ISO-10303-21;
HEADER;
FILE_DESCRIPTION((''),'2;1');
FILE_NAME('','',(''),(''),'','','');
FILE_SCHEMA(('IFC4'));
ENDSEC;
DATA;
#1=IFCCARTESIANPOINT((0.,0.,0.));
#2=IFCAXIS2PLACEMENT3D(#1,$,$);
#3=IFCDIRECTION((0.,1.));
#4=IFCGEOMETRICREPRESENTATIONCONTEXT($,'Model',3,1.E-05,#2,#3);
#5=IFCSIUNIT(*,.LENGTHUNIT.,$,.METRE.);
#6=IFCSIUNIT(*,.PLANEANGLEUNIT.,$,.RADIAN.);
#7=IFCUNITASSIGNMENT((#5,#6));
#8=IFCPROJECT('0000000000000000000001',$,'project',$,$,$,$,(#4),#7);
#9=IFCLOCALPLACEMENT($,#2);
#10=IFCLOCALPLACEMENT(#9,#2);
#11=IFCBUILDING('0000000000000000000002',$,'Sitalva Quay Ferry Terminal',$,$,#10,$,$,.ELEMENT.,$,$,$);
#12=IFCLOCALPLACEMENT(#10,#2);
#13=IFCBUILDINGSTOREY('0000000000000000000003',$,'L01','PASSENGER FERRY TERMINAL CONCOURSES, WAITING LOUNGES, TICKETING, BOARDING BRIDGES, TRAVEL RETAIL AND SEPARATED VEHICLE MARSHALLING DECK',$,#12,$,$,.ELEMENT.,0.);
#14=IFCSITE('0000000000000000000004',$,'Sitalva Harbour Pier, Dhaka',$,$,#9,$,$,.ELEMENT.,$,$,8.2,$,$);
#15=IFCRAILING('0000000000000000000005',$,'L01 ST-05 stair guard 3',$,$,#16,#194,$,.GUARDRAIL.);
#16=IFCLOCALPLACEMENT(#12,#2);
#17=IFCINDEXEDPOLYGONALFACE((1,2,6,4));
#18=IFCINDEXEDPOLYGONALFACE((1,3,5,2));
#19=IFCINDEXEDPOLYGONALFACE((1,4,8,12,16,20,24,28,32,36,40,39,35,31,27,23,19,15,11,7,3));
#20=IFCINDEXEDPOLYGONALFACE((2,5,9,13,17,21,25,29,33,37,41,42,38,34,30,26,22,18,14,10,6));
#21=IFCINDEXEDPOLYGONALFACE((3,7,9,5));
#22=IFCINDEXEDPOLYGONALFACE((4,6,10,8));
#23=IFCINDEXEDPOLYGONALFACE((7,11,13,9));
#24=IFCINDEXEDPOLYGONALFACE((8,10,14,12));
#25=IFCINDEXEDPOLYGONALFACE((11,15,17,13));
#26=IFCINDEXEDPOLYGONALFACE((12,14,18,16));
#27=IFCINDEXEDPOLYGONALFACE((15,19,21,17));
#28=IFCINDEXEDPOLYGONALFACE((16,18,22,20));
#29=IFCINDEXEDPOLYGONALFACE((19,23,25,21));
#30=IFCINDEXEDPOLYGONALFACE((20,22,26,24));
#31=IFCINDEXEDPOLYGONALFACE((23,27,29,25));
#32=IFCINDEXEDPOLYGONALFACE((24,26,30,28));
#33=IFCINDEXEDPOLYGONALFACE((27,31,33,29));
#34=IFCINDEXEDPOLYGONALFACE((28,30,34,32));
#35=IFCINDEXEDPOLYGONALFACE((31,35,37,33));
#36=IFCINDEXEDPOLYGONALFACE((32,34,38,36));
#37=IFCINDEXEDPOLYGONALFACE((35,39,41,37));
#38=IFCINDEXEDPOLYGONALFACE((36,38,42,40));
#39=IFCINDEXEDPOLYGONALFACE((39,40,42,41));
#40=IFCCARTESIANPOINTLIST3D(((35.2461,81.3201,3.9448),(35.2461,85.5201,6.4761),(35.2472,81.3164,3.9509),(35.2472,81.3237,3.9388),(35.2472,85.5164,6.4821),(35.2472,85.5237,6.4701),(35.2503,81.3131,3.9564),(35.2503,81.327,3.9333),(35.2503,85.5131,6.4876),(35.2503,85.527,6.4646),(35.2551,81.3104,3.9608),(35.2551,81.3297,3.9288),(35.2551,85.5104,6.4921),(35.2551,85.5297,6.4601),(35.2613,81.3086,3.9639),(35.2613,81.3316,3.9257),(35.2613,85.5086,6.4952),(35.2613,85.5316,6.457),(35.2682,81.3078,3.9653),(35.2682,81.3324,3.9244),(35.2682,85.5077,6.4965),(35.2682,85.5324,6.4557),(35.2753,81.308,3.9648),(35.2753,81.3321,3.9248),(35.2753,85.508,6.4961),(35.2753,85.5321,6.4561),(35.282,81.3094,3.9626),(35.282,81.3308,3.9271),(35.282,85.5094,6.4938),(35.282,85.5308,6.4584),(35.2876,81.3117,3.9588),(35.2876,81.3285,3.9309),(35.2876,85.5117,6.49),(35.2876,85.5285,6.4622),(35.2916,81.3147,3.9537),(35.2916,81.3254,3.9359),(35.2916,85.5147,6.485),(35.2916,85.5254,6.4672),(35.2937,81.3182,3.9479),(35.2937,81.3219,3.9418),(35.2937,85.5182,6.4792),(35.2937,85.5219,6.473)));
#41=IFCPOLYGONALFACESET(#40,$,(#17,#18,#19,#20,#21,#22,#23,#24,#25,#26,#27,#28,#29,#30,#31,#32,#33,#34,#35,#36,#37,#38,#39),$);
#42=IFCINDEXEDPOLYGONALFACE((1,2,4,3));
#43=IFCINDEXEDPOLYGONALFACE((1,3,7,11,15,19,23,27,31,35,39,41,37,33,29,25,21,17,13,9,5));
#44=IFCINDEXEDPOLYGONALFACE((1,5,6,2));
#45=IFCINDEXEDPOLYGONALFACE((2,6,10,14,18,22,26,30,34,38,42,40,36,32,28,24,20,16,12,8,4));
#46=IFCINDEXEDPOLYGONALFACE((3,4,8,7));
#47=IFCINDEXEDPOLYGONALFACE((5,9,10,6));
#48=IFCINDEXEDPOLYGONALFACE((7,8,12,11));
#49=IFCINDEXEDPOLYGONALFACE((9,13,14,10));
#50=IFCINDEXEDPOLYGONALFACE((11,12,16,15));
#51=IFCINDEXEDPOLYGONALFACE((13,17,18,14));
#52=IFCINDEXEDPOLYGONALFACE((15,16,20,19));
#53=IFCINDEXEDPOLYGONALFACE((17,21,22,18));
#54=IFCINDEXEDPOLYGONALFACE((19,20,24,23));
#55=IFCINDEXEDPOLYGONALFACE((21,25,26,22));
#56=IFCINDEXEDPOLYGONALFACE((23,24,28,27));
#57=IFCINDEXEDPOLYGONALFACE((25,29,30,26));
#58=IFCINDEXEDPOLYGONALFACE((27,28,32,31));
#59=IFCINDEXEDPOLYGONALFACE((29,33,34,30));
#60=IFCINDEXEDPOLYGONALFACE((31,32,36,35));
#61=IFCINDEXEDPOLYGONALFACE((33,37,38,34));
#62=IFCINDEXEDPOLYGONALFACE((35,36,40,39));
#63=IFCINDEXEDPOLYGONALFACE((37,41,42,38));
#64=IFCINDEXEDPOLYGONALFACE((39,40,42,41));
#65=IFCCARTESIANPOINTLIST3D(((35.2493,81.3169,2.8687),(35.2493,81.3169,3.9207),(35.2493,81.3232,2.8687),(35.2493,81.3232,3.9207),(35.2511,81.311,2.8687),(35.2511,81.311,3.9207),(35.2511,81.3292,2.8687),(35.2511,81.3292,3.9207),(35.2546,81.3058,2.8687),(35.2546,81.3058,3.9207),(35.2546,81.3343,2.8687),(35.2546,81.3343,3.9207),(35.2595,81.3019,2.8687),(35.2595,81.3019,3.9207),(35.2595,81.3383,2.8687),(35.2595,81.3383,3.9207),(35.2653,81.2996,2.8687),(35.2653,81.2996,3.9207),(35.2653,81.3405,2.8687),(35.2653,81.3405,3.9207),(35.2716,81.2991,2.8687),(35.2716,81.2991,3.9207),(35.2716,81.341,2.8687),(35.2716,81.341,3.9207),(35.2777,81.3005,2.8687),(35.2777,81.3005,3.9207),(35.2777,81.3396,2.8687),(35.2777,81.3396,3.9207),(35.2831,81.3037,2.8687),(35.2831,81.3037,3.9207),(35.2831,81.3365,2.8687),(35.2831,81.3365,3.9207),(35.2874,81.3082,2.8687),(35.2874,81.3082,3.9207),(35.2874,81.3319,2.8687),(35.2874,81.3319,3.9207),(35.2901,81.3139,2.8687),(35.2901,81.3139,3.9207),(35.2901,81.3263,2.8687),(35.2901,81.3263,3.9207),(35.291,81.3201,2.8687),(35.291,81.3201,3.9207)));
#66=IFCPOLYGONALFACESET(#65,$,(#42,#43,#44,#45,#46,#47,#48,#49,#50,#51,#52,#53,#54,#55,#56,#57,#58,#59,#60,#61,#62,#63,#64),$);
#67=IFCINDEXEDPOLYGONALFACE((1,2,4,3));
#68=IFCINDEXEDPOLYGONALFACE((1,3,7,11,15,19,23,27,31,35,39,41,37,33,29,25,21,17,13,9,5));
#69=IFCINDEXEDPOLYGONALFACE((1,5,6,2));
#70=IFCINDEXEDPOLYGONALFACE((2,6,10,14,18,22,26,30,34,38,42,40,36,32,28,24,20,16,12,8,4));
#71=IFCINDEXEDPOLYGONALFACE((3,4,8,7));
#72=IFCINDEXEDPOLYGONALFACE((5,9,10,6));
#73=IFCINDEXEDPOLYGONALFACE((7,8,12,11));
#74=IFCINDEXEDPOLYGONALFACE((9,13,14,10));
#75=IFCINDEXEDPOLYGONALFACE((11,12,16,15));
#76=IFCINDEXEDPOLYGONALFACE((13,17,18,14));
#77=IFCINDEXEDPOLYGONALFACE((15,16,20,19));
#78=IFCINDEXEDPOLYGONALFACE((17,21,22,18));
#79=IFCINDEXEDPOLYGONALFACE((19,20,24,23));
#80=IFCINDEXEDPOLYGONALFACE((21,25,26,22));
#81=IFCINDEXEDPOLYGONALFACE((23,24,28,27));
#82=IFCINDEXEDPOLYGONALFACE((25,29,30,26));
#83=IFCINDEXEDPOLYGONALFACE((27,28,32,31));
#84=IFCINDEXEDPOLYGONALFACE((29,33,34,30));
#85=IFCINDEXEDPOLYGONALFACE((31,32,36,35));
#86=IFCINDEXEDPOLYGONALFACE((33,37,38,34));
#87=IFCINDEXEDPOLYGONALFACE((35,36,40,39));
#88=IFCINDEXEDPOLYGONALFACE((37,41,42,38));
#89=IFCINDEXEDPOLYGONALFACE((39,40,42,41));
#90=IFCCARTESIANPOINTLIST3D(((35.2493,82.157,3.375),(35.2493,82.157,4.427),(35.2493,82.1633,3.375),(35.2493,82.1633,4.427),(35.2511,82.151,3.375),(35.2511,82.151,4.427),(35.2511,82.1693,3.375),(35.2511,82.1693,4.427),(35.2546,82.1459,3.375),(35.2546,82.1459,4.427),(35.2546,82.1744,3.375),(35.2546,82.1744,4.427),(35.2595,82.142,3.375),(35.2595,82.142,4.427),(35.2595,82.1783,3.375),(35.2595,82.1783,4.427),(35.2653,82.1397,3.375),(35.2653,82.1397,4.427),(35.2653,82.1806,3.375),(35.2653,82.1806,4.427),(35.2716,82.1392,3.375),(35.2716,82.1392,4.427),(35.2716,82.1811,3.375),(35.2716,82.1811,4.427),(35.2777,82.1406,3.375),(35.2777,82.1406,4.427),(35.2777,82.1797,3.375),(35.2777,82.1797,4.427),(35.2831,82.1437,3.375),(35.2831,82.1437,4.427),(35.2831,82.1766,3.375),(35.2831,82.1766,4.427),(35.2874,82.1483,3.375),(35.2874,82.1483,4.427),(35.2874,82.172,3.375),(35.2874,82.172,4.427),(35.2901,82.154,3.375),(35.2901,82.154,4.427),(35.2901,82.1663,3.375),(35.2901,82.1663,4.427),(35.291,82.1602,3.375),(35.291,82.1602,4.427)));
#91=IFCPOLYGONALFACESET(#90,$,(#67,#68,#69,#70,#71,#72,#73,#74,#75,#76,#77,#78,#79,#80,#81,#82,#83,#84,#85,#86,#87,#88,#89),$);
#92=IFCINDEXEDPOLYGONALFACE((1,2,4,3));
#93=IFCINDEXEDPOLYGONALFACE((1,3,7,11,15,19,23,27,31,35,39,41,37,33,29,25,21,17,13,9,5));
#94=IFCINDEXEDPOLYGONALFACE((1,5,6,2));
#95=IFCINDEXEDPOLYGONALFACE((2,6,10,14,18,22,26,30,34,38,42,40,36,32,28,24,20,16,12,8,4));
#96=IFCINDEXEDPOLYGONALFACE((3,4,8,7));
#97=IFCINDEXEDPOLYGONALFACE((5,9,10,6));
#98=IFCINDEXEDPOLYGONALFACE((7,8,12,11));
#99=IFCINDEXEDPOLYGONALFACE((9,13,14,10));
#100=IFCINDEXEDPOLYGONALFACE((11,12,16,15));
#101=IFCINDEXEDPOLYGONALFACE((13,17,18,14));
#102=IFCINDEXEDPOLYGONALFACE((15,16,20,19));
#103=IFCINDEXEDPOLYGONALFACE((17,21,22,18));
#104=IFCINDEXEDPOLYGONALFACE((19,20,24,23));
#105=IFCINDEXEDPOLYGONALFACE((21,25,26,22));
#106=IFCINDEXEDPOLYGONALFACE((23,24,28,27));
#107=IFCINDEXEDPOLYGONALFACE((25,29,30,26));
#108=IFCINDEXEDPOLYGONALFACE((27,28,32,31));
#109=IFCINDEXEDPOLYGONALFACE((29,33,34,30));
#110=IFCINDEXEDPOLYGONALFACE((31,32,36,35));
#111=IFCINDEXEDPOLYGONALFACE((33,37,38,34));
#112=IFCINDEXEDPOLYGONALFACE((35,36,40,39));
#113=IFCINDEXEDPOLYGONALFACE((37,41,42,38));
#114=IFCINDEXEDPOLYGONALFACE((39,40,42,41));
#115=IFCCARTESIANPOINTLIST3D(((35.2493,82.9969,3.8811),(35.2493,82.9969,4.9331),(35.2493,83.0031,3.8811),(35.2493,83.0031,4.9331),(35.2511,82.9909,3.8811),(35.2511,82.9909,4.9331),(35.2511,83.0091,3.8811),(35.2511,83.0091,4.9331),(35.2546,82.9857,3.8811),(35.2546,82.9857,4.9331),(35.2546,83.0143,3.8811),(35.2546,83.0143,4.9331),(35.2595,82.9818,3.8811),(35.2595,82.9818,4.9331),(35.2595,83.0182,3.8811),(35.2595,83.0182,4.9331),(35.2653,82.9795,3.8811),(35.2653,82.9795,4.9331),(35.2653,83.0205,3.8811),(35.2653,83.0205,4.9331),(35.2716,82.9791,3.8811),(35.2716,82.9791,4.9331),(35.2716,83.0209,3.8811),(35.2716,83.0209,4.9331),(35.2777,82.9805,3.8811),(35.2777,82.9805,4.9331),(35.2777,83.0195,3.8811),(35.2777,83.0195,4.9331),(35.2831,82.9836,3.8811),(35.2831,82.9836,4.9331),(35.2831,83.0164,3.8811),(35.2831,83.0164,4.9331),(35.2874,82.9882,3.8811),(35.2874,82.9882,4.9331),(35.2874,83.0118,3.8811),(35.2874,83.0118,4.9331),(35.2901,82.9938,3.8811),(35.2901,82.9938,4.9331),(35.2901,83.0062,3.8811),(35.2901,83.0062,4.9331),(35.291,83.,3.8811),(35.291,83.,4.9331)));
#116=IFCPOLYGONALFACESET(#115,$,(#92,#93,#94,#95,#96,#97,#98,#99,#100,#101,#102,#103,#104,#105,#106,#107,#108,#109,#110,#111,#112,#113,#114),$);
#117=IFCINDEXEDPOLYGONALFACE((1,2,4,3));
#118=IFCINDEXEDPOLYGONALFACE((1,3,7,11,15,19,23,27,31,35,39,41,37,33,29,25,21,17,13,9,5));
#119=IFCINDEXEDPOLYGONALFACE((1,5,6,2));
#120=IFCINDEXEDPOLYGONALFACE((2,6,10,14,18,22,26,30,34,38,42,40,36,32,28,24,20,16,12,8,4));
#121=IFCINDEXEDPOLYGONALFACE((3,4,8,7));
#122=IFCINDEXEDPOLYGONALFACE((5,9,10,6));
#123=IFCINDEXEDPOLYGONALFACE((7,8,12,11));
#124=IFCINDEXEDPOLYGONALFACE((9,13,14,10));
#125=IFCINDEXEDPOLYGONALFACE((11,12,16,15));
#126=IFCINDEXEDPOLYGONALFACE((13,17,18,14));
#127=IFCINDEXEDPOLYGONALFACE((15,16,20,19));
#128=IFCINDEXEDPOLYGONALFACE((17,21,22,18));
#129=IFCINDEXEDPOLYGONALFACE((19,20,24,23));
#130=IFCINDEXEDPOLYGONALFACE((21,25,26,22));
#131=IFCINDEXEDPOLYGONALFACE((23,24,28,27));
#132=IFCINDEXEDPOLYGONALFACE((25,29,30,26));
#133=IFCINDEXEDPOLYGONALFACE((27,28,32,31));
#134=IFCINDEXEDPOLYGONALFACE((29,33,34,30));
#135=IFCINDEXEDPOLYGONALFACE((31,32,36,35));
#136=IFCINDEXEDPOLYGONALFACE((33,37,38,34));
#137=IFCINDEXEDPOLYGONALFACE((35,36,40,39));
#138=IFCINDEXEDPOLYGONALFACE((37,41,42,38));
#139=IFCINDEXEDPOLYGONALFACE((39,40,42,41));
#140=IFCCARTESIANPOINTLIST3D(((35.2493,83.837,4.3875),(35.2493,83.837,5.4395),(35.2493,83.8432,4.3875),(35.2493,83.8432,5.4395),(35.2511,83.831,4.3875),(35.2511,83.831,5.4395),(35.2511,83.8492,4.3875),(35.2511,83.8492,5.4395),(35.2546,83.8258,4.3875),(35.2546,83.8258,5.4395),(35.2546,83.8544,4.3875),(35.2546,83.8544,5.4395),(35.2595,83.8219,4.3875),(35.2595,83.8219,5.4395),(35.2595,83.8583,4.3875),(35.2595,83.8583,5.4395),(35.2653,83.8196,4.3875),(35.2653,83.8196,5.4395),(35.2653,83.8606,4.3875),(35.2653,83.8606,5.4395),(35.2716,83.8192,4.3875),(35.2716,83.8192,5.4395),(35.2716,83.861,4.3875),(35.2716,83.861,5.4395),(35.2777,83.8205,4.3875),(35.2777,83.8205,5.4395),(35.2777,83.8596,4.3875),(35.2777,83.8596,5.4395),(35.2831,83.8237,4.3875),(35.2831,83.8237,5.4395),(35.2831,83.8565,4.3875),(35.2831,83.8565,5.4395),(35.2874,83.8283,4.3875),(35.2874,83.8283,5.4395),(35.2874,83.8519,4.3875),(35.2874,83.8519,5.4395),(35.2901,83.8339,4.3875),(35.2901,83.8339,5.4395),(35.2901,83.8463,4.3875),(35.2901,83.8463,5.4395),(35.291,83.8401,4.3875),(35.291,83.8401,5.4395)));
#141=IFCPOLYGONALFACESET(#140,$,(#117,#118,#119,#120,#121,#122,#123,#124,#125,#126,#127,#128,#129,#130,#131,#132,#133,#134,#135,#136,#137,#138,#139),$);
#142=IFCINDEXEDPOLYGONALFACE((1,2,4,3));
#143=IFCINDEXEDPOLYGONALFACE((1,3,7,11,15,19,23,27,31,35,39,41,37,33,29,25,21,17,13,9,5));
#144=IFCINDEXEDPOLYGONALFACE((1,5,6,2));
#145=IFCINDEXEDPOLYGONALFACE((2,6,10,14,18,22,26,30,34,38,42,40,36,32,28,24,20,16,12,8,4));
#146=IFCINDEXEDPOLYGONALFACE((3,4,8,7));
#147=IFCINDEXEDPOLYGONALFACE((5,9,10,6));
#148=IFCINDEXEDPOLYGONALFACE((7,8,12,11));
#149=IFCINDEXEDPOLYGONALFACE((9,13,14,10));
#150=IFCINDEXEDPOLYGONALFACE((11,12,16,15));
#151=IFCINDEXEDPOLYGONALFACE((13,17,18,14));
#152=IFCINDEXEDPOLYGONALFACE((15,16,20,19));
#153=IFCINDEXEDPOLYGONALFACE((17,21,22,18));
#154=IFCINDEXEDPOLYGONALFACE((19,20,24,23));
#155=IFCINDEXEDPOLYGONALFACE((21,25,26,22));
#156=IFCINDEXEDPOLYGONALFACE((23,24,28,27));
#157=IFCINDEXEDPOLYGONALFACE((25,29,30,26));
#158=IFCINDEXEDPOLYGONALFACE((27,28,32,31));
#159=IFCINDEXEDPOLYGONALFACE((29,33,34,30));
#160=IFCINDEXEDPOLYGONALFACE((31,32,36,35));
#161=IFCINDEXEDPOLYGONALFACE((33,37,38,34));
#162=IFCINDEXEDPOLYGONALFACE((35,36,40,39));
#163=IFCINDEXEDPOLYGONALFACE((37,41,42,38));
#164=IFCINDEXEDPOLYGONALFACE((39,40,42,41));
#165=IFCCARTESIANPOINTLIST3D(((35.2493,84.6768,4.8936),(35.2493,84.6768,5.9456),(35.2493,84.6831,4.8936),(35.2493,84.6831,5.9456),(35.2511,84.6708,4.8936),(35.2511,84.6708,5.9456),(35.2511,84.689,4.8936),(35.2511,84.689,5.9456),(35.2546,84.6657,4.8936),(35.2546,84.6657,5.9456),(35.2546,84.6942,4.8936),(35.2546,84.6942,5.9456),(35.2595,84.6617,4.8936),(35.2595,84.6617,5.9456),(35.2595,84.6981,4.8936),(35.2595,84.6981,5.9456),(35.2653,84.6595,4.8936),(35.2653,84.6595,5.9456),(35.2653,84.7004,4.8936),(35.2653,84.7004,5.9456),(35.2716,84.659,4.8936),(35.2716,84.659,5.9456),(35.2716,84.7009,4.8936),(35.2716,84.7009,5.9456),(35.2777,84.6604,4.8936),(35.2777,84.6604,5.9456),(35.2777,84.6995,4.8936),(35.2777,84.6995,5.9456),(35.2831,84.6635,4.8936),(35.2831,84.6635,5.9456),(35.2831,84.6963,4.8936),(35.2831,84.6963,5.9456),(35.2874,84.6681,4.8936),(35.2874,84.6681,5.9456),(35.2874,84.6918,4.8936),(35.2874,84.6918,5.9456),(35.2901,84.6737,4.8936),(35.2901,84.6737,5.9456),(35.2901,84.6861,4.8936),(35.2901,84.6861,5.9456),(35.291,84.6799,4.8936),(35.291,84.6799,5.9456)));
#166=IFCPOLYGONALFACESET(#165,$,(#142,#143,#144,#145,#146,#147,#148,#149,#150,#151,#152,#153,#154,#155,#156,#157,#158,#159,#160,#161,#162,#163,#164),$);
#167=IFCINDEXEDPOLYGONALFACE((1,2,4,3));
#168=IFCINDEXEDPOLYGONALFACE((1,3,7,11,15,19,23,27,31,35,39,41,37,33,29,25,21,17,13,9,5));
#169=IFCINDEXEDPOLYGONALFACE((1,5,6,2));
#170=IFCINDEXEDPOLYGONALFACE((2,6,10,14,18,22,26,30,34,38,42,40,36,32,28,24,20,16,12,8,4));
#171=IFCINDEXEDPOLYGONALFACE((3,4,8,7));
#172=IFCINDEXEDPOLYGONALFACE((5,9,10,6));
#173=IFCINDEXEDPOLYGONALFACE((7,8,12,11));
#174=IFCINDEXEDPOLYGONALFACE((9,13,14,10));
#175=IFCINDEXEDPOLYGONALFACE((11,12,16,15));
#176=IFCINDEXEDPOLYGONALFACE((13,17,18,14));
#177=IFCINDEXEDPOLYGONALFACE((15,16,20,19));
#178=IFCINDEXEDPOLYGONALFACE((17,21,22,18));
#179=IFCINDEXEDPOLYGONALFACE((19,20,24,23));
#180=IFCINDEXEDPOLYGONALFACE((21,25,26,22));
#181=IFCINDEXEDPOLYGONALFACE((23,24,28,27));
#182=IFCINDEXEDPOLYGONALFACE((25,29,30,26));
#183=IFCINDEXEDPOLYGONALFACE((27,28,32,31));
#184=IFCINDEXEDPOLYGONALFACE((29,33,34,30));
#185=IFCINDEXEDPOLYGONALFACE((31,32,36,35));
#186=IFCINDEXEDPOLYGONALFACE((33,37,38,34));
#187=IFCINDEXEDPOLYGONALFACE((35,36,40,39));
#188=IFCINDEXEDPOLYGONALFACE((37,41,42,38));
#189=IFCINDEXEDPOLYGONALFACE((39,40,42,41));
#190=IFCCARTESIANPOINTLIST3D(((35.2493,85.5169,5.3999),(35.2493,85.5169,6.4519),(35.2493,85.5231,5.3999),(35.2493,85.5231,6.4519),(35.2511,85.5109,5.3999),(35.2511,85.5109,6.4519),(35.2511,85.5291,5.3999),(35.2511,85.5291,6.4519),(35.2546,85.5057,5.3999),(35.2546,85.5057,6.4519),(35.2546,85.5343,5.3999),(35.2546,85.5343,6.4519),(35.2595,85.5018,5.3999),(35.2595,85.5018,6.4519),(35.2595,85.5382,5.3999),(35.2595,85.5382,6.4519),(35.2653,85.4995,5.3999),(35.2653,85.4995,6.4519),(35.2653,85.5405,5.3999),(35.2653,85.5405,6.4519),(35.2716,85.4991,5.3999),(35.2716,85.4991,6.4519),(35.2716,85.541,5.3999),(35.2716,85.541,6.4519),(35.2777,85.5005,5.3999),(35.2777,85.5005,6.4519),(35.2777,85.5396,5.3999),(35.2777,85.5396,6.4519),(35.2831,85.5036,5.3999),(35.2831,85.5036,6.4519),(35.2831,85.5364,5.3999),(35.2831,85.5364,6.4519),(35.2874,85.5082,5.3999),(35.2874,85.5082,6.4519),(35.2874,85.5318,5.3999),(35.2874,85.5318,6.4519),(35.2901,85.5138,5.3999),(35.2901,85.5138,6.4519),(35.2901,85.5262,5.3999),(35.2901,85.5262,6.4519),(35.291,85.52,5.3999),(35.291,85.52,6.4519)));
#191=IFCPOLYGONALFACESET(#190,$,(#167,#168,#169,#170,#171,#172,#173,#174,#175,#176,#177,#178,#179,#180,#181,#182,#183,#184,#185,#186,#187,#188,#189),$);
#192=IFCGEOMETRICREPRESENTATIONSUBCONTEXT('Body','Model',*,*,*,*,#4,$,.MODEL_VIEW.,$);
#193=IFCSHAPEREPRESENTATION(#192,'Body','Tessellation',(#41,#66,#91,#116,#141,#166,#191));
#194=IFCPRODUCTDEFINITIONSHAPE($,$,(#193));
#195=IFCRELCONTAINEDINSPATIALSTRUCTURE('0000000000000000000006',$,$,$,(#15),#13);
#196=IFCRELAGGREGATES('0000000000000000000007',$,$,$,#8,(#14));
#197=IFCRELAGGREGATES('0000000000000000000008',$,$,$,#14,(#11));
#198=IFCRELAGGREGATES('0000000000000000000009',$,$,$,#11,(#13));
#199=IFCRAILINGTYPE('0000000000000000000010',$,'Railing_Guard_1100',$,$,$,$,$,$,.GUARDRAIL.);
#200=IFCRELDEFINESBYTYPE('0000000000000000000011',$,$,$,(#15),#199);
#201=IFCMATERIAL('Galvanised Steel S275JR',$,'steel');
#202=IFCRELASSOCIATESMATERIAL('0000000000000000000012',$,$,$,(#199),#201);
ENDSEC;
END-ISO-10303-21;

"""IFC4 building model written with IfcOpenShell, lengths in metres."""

from ifc_helpers import new_model, si_unit, direction, frame, origin, origin_2d, place, context, subcontext, project, spatial, circle, extrude, material, type_object, element, save


model = new_model("IFC4")

# Units and contexts
model_context = context("Model", 3, precision=1e-05, world=origin(), true_north=direction((0.0, 1.0)))
body_context = subcontext(model_context, "Body", "Model", "MODEL_VIEW")
ifc_project = project(units=[si_unit("LENGTHUNIT", "METRE"), si_unit("PLANEANGLEUNIT", "RADIAN")], contexts=[model_context])

# Site, building, storey
site_placement = place(None, origin())
site = spatial("IfcSite", under=ifc_project, at=site_placement, Name="Sitalva Harbour Pier, Dhaka", CompositionType="ELEMENT", RefElevation=8.2)
building_placement = place(site_placement, origin())
building = spatial("IfcBuilding", under=site, at=building_placement, Name="Sitalva Quay Ferry Terminal", CompositionType="ELEMENT")
storey_placement = place(building_placement, origin())
storey = spatial("IfcBuildingStorey", under=building, at=storey_placement, Name="L01", Description="PASSENGER FERRY TERMINAL CONCOURSES, WAITING LOUNGES, TICKETING, BOARDING BRIDGES, TRAVEL RETAIL AND SEPARATED VEHICLE MARSHALLING DECK", CompositionType="ELEMENT", Elevation=0.0)

# Railing
ifc_material_1 = material(Name="Galvanised Steel S275JR", Category="steel")
railing_type = type_object("IfcRailingType", Name="Railing_Guard_1100", PredefinedType="GUARDRAIL", material=ifc_material_1)
railing_1_placement = place(storey_placement, frame((35.27, 81.3201, 2.8687)))
element("IfcRailing", 1, at=railing_1_placement, inside=storey, type_object=railing_type, Name="L01 ST-05 stair guard 3", PredefinedType="GUARDRAIL", context=body_context, shape_type="SweptSolid", body=[
    extrude(circle(Radius=0.0239, at=origin_2d()), frame((0.0, 0.0, 1.0762), z_axis=(0.0, 0.856476, 0.516186), x_axis=(-1.0, 0.0, 0.0)), (0.0, 0.0, 1.0), 4.9038),
    extrude(circle(Radius=0.021, at=origin_2d()), origin(), (0.0, 0.0, 1.0), 1.052),
    extrude(circle(Radius=0.021, at=origin_2d()), frame((0.0, 0.8401, 0.5063)), (0.0, 0.0, 1.0), 1.052),
    extrude(circle(Radius=0.021, at=origin_2d()), frame((0.0, 1.6799, 1.0125)), (0.0, 0.0, 1.0), 1.052),
    extrude(circle(Radius=0.021, at=origin_2d()), frame((0.0, 2.52, 1.5188)), (0.0, 0.0, 1.0), 1.052),
    extrude(circle(Radius=0.021, at=origin_2d()), frame((0.0, 3.3599, 2.0249)), (0.0, 0.0, 1.0), 1.052),
    extrude(circle(Radius=0.021, at=origin_2d()), frame((0.0, 4.2, 2.5312)), (0.0, 0.0, 1.0), 1.052),
])

save(model, "model.ifc")
